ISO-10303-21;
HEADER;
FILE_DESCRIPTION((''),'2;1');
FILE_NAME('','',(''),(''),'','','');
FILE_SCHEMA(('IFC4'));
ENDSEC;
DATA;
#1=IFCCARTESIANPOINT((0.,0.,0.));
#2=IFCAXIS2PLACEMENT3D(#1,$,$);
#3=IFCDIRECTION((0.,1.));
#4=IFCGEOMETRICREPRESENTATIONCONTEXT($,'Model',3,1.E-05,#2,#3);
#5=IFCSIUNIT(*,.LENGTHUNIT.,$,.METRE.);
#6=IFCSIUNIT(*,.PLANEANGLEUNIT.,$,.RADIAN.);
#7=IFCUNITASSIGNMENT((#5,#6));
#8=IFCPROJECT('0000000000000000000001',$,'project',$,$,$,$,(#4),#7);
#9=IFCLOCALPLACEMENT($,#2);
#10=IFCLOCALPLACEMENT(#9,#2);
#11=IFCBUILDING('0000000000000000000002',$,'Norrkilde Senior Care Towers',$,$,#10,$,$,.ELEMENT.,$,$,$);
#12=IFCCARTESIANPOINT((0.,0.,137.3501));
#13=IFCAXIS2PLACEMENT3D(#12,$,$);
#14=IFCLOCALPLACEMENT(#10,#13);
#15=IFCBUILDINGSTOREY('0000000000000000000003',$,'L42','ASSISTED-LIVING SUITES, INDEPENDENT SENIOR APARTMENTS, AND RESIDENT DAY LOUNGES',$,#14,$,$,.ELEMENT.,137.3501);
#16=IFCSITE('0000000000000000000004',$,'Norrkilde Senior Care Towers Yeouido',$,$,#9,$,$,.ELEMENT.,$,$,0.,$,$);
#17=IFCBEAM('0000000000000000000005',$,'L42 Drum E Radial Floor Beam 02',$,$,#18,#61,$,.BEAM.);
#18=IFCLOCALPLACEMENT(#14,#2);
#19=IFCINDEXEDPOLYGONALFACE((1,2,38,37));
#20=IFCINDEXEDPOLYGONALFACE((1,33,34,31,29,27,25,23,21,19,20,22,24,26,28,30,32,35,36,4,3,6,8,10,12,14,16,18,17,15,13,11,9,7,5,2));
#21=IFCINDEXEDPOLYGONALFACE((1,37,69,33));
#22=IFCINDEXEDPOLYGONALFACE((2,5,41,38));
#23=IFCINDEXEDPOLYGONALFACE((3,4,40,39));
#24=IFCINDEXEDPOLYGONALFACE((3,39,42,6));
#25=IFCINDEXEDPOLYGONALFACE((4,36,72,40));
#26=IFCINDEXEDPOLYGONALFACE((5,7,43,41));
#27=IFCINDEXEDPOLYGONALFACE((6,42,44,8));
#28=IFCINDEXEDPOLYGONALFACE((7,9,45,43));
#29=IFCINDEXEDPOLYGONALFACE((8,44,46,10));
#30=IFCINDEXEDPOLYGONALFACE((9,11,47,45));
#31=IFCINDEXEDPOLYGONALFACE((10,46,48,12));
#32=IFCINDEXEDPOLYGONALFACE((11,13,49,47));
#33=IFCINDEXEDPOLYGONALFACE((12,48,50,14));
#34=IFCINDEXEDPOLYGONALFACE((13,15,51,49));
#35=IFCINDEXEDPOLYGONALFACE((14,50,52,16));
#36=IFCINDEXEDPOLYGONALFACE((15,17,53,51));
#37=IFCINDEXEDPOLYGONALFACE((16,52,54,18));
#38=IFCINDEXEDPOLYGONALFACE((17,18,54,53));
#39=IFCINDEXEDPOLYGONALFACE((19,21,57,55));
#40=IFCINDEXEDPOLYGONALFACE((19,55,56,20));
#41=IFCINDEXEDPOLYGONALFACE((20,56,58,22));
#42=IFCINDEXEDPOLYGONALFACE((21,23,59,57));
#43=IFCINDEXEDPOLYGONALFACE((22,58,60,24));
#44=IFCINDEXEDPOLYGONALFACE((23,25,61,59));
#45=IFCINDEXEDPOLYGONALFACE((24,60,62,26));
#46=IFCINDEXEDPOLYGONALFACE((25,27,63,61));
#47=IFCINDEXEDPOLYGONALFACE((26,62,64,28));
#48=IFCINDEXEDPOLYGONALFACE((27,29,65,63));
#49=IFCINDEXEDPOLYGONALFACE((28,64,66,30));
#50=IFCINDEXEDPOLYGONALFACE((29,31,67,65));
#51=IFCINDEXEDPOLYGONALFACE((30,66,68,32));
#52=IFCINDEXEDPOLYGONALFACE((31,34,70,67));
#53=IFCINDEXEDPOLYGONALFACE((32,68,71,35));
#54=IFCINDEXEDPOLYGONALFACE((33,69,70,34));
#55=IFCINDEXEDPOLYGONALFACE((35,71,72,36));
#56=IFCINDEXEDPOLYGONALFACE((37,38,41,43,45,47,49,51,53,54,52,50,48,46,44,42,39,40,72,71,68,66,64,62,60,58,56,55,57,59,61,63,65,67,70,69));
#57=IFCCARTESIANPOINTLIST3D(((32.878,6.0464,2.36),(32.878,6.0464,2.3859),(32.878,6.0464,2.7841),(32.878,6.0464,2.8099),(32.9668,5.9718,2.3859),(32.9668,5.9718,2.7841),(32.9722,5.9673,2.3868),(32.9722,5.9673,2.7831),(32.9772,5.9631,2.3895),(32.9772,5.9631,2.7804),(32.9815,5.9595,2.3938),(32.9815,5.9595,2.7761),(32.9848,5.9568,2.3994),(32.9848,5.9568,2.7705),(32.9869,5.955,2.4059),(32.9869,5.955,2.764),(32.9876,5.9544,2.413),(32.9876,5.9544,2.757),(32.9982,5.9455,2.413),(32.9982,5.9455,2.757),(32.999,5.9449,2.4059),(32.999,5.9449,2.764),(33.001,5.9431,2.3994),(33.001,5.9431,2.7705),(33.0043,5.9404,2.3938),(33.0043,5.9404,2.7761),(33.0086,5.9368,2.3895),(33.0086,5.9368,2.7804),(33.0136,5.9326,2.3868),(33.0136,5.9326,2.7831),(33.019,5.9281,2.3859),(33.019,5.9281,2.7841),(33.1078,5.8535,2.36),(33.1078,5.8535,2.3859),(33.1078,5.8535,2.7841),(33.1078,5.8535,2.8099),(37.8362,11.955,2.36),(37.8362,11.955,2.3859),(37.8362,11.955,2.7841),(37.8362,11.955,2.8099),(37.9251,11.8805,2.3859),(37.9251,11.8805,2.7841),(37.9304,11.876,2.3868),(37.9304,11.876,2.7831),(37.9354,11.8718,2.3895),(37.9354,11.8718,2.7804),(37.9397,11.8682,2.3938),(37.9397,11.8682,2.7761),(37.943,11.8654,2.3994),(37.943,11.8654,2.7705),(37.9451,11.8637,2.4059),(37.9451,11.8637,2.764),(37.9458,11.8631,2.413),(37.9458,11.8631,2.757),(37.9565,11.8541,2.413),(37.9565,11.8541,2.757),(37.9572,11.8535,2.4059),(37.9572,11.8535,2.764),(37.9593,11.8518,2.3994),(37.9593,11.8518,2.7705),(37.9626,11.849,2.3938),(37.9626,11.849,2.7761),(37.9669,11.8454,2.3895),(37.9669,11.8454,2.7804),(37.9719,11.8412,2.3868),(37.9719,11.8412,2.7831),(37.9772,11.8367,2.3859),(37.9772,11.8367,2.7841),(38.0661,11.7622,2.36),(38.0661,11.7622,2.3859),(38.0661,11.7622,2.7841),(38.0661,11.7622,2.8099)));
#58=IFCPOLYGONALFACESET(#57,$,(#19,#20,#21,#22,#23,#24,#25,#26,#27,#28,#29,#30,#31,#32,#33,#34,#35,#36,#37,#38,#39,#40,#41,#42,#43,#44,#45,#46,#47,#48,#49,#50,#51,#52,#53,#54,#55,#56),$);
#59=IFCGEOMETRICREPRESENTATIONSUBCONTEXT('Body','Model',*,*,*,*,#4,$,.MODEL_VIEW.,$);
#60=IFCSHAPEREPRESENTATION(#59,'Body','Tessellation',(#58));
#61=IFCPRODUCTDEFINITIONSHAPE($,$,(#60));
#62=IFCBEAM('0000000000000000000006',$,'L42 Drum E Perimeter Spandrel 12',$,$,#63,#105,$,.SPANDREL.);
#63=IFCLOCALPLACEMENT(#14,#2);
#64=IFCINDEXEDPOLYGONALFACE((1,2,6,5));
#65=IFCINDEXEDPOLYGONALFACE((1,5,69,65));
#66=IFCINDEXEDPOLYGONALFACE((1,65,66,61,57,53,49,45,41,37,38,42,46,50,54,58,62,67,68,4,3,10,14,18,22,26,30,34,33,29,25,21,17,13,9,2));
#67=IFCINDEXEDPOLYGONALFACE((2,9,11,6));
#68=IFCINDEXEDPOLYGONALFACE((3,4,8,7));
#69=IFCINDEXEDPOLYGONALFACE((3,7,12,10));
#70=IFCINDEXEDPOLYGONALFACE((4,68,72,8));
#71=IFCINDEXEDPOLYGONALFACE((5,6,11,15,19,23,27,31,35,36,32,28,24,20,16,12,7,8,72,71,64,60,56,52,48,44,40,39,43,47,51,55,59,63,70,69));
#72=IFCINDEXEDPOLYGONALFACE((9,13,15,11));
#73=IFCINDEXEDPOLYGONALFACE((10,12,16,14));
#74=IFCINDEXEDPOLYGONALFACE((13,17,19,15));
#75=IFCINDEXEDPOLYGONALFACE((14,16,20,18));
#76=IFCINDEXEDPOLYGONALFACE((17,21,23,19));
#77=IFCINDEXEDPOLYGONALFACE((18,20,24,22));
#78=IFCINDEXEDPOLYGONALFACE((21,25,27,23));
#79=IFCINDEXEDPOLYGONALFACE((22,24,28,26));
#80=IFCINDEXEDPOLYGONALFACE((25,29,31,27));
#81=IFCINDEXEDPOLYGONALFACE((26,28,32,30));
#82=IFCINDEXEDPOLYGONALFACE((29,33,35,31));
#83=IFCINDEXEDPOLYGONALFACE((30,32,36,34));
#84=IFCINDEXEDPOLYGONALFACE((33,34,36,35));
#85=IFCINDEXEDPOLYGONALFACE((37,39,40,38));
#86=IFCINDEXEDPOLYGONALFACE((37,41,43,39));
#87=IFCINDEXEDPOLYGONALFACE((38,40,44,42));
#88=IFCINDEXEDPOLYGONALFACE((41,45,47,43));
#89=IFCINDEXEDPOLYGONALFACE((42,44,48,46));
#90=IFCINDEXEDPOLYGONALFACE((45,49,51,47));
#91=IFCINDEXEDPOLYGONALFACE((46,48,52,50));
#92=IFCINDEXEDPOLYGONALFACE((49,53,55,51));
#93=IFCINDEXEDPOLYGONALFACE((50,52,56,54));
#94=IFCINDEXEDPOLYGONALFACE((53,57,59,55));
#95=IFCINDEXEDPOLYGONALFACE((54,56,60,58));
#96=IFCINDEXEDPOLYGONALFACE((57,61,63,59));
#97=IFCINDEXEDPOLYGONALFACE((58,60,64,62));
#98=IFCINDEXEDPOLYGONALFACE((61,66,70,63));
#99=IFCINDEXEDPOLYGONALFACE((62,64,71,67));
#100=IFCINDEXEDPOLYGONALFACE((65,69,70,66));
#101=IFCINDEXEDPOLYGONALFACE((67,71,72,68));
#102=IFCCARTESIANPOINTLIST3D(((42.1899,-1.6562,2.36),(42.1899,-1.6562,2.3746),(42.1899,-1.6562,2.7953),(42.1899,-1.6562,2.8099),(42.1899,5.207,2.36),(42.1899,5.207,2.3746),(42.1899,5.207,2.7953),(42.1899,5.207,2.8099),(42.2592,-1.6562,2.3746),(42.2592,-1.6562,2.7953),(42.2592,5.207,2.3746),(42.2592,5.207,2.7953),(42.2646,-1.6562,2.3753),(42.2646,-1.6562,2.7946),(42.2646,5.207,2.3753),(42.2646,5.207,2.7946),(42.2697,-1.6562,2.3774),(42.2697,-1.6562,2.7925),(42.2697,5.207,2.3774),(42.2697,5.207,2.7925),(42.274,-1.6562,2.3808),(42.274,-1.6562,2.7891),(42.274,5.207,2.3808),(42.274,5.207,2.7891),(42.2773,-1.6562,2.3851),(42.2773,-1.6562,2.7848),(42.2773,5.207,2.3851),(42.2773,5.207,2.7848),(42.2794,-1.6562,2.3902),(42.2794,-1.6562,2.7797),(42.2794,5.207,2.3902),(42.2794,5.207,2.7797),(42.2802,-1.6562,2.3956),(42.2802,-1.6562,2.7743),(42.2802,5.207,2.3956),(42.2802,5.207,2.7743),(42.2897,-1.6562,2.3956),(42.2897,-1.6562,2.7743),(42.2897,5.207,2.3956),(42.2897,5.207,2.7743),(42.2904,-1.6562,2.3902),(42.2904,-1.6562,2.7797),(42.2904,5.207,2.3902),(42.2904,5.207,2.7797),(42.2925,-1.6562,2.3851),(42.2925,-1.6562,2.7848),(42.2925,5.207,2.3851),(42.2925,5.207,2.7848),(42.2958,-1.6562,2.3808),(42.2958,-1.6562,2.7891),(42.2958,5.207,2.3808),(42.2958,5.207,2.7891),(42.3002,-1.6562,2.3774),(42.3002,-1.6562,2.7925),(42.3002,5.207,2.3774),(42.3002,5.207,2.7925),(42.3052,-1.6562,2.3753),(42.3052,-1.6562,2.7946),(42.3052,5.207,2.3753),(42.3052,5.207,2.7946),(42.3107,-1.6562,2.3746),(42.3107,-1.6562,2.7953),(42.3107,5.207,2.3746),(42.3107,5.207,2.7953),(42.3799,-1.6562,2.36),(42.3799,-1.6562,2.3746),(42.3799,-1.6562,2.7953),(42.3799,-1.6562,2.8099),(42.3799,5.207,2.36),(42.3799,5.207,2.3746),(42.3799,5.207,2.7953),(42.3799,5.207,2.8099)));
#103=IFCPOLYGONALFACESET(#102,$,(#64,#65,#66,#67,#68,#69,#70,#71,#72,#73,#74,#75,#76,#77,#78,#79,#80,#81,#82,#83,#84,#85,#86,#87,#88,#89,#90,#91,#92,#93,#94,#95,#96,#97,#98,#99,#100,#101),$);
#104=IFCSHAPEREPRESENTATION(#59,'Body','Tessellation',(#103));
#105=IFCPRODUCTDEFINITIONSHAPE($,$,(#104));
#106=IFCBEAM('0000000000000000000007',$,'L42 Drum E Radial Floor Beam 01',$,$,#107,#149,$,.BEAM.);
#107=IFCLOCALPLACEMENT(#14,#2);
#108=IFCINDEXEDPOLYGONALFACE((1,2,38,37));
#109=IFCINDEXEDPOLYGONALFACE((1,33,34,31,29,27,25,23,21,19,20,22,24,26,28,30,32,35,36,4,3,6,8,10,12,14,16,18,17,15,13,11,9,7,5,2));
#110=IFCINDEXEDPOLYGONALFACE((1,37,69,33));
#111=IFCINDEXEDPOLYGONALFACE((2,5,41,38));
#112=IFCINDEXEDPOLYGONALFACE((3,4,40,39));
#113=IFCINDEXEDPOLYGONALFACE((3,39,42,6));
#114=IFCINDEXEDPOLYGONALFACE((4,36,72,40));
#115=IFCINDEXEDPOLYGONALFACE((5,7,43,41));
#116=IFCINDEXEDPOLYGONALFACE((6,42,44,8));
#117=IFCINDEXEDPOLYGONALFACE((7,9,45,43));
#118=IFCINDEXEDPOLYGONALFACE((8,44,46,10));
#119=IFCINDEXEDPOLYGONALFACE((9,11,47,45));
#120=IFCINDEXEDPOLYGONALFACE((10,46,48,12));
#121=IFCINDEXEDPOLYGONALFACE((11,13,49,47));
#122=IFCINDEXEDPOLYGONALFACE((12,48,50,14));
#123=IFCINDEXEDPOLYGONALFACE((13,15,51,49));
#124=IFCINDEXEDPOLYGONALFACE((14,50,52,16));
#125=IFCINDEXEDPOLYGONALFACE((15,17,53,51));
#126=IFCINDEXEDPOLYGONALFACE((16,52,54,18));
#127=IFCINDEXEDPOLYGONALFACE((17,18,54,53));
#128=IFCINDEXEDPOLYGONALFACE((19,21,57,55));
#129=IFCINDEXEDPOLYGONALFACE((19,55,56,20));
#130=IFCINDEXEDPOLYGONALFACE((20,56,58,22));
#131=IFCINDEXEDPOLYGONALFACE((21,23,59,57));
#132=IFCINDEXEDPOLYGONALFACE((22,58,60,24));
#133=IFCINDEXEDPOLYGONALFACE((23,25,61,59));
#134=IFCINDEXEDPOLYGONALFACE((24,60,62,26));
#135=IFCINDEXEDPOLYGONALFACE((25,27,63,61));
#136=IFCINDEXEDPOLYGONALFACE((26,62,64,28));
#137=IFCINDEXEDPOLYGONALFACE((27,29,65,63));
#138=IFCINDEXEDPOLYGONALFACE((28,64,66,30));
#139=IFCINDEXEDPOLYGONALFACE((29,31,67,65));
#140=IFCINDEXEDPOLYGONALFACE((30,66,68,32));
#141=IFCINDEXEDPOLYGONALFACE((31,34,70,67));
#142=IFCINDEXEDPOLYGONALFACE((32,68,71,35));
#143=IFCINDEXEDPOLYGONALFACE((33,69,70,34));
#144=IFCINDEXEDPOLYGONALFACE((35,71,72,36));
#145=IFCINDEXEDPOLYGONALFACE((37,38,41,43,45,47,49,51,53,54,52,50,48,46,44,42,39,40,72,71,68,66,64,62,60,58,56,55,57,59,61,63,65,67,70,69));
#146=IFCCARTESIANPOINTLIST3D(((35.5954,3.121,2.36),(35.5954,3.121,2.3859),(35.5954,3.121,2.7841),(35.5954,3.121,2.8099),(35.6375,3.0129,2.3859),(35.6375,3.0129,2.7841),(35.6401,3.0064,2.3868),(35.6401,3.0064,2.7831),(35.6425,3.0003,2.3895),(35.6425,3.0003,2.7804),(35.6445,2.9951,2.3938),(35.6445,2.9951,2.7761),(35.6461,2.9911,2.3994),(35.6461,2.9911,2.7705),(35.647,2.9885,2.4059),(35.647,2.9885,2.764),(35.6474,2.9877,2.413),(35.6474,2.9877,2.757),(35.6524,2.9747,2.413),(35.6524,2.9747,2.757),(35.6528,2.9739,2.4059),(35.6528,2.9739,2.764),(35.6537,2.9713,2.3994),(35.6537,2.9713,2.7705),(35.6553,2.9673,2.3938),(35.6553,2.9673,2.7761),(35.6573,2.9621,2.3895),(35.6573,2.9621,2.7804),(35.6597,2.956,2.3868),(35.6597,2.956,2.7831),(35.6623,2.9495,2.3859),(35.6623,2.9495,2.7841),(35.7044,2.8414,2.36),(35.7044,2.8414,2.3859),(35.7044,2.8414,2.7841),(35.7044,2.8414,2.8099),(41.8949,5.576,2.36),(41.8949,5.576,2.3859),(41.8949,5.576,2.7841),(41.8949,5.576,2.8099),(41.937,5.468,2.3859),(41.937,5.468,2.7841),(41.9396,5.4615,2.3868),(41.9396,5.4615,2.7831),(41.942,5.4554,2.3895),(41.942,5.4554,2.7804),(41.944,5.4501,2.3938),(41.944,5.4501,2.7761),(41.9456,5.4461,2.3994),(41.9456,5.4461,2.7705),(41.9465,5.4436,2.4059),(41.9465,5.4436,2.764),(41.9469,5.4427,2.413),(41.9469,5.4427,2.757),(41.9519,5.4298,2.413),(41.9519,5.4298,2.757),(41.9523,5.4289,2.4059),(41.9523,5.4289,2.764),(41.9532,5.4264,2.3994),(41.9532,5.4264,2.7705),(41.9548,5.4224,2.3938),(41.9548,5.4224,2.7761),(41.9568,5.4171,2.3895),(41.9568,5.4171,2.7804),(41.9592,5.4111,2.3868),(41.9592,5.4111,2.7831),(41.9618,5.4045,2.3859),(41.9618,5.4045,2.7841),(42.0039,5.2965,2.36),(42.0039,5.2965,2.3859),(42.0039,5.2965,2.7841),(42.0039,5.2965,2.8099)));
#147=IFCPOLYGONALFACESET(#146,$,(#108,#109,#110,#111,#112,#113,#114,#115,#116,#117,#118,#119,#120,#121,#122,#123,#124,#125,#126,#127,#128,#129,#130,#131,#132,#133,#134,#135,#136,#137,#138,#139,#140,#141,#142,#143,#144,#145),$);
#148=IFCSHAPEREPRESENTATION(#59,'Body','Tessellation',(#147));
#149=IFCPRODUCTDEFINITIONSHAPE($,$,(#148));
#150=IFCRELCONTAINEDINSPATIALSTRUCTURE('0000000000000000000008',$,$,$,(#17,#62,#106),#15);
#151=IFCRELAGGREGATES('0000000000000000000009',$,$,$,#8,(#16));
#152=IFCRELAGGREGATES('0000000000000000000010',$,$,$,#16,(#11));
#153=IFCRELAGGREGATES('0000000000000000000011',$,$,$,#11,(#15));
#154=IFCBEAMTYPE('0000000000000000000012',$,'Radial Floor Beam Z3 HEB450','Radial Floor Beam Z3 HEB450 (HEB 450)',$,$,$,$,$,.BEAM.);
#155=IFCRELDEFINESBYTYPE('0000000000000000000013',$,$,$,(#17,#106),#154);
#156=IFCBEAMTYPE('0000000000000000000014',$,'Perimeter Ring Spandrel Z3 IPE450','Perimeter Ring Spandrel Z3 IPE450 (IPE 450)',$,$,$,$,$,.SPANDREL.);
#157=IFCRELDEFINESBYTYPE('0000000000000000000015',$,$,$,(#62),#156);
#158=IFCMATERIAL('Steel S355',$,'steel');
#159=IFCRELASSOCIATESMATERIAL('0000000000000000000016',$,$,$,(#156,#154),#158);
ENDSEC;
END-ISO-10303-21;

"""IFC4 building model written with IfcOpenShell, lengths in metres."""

from ifc_helpers import new_model, si_unit, direction, frame, origin, origin_2d, place, context, subcontext, project, spatial, i_section, extrude, source, transform, mapped, material, material_profile, profile_set, type_object, element, save


model = new_model("IFC4")

# Units and contexts
model_context = context("Model", 3, precision=1e-05, world=origin(), true_north=direction((0.0, 1.0)))
body_context = subcontext(model_context, "Body", "Model", "MODEL_VIEW")
ifc_project = project(units=[si_unit("LENGTHUNIT", "METRE"), si_unit("PLANEANGLEUNIT", "RADIAN")], contexts=[model_context])

# Site, building, storey
site_placement = place(None, origin())
site = spatial("IfcSite", under=ifc_project, at=site_placement, Name="Norrkilde Senior Care Towers Yeouido", CompositionType="ELEMENT", RefElevation=0.0)
building_placement = place(site_placement, origin())
building = spatial("IfcBuilding", under=site, at=building_placement, Name="Norrkilde Senior Care Towers", CompositionType="ELEMENT")
storey_placement = place(building_placement, frame((0.0, 0.0, 137.3501)))
storey = spatial("IfcBuildingStorey", under=building, at=storey_placement, Name="L42", Description="ASSISTED-LIVING SUITES, INDEPENDENT SENIOR APARTMENTS, AND RESIDENT DAY LOUNGES", CompositionType="ELEMENT", Elevation=137.3501)

# Beams
ifc_material_1 = material(Name="Steel S355", Category="steel")
ifc_material_profile_1 = material_profile(ifc_material_1, i_section(OverallWidth=0.1899, OverallDepth=0.45, WebThickness=0.0095, FlangeThickness=0.0146, FilletRadius=0.021, at=origin_2d()), Name="IPE 450")
ifc_profile_set_1 = profile_set([ifc_material_profile_1], Name="Steel S355")
beam_type_1 = type_object("IfcBeamType", Name="Perimeter Ring Spandrel Z3 IPE450", Description="Perimeter Ring Spandrel Z3 IPE450 (IPE 450)", PredefinedType="SPANDREL", material=ifc_profile_set_1)
ifc_material_profile_2 = material_profile(ifc_material_1, i_section(OverallWidth=0.3, OverallDepth=0.45, WebThickness=0.0139, FlangeThickness=0.0259, FilletRadius=0.0271, at=origin_2d()), Name="HEB 450")
ifc_profile_set_2 = profile_set([ifc_material_profile_2], Name="Steel S355")
beam_type_2 = type_object("IfcBeamType", Name="Radial Floor Beam Z3 HEB450", Description="Radial Floor Beam Z3 HEB450 (HEB 450)", PredefinedType="BEAM", material=ifc_profile_set_2)
shared_shape_1 = source(origin(), body_context, "Body", "SweptSolid", [
    extrude(i_section(OverallWidth=0.3, OverallDepth=0.45, WebThickness=0.0139, FlangeThickness=0.0259, FilletRadius=0.0271, at=origin_2d()), origin(), (0.0, 0.0, 1.0), 7.7134),
])
beam_1_placement = place(storey_placement, frame((32.9929, 5.95, 2.585), z_axis=(0.642808, 0.766027, 0.0), x_axis=(-0.766027, 0.642808, 0.0)))
element("IfcBeam", 1, at=beam_1_placement, inside=storey, type_object=beam_type_2, Name="L42 Drum E Radial Floor Beam 02", PredefinedType="BEAM", context=body_context, shape_type="MappedRepresentation", body=[
    mapped(shared_shape_1, transform((0.0, 0.0, 0.0), x_axis=(1.0, 0.0, 0.0), y_axis=(0.0, 1.0, 0.0), z_axis=(0.0, 0.0, 1.0), scale=1.0)),
])
shared_shape_2 = source(origin(), body_context, "Body", "SweptSolid", [
    extrude(i_section(OverallWidth=0.1899, OverallDepth=0.45, WebThickness=0.0095, FlangeThickness=0.0146, FilletRadius=0.021, at=origin_2d()), origin(), (0.0, 0.0, 1.0), 6.8633),
])
beam_2_placement = place(storey_placement, frame((42.2849, -1.6562, 2.585), z_axis=(0.0, 1.0, 0.0), x_axis=(-1.0, 0.0, 0.0)))
element("IfcBeam", 2, at=beam_2_placement, inside=storey, type_object=beam_type_1, Name="L42 Drum E Perimeter Spandrel 12", PredefinedType="SPANDREL", context=body_context, shape_type="MappedRepresentation", body=[
    mapped(shared_shape_2, transform((0.0, 0.0, 0.0), x_axis=(1.0, 0.0, 0.0), y_axis=(0.0, 1.0, 0.0), z_axis=(0.0, 0.0, 1.0), scale=1.0)),
])
shared_shape_3 = source(origin(), body_context, "Body", "SweptSolid", [
    extrude(i_section(OverallWidth=0.3, OverallDepth=0.45, WebThickness=0.0139, FlangeThickness=0.0259, FilletRadius=0.0271, at=origin_2d()), origin(), (0.0, 0.0, 1.0), 6.761),
])
beam_3_placement = place(storey_placement, frame((35.6499, 2.9812, 2.585), z_axis=(0.931742, 0.363121, 0.0), x_axis=(-0.363121, 0.931742, 0.0)))
element("IfcBeam", 3, at=beam_3_placement, inside=storey, type_object=beam_type_2, Name="L42 Drum E Radial Floor Beam 01", PredefinedType="BEAM", context=body_context, shape_type="MappedRepresentation", body=[
    mapped(shared_shape_3, transform((0.0, 0.0, 0.0), x_axis=(1.0, 0.0, 0.0), y_axis=(0.0, 1.0, 0.0), z_axis=(0.0, 0.0, 1.0), scale=1.0)),
])

save(model, "model.ifc")
